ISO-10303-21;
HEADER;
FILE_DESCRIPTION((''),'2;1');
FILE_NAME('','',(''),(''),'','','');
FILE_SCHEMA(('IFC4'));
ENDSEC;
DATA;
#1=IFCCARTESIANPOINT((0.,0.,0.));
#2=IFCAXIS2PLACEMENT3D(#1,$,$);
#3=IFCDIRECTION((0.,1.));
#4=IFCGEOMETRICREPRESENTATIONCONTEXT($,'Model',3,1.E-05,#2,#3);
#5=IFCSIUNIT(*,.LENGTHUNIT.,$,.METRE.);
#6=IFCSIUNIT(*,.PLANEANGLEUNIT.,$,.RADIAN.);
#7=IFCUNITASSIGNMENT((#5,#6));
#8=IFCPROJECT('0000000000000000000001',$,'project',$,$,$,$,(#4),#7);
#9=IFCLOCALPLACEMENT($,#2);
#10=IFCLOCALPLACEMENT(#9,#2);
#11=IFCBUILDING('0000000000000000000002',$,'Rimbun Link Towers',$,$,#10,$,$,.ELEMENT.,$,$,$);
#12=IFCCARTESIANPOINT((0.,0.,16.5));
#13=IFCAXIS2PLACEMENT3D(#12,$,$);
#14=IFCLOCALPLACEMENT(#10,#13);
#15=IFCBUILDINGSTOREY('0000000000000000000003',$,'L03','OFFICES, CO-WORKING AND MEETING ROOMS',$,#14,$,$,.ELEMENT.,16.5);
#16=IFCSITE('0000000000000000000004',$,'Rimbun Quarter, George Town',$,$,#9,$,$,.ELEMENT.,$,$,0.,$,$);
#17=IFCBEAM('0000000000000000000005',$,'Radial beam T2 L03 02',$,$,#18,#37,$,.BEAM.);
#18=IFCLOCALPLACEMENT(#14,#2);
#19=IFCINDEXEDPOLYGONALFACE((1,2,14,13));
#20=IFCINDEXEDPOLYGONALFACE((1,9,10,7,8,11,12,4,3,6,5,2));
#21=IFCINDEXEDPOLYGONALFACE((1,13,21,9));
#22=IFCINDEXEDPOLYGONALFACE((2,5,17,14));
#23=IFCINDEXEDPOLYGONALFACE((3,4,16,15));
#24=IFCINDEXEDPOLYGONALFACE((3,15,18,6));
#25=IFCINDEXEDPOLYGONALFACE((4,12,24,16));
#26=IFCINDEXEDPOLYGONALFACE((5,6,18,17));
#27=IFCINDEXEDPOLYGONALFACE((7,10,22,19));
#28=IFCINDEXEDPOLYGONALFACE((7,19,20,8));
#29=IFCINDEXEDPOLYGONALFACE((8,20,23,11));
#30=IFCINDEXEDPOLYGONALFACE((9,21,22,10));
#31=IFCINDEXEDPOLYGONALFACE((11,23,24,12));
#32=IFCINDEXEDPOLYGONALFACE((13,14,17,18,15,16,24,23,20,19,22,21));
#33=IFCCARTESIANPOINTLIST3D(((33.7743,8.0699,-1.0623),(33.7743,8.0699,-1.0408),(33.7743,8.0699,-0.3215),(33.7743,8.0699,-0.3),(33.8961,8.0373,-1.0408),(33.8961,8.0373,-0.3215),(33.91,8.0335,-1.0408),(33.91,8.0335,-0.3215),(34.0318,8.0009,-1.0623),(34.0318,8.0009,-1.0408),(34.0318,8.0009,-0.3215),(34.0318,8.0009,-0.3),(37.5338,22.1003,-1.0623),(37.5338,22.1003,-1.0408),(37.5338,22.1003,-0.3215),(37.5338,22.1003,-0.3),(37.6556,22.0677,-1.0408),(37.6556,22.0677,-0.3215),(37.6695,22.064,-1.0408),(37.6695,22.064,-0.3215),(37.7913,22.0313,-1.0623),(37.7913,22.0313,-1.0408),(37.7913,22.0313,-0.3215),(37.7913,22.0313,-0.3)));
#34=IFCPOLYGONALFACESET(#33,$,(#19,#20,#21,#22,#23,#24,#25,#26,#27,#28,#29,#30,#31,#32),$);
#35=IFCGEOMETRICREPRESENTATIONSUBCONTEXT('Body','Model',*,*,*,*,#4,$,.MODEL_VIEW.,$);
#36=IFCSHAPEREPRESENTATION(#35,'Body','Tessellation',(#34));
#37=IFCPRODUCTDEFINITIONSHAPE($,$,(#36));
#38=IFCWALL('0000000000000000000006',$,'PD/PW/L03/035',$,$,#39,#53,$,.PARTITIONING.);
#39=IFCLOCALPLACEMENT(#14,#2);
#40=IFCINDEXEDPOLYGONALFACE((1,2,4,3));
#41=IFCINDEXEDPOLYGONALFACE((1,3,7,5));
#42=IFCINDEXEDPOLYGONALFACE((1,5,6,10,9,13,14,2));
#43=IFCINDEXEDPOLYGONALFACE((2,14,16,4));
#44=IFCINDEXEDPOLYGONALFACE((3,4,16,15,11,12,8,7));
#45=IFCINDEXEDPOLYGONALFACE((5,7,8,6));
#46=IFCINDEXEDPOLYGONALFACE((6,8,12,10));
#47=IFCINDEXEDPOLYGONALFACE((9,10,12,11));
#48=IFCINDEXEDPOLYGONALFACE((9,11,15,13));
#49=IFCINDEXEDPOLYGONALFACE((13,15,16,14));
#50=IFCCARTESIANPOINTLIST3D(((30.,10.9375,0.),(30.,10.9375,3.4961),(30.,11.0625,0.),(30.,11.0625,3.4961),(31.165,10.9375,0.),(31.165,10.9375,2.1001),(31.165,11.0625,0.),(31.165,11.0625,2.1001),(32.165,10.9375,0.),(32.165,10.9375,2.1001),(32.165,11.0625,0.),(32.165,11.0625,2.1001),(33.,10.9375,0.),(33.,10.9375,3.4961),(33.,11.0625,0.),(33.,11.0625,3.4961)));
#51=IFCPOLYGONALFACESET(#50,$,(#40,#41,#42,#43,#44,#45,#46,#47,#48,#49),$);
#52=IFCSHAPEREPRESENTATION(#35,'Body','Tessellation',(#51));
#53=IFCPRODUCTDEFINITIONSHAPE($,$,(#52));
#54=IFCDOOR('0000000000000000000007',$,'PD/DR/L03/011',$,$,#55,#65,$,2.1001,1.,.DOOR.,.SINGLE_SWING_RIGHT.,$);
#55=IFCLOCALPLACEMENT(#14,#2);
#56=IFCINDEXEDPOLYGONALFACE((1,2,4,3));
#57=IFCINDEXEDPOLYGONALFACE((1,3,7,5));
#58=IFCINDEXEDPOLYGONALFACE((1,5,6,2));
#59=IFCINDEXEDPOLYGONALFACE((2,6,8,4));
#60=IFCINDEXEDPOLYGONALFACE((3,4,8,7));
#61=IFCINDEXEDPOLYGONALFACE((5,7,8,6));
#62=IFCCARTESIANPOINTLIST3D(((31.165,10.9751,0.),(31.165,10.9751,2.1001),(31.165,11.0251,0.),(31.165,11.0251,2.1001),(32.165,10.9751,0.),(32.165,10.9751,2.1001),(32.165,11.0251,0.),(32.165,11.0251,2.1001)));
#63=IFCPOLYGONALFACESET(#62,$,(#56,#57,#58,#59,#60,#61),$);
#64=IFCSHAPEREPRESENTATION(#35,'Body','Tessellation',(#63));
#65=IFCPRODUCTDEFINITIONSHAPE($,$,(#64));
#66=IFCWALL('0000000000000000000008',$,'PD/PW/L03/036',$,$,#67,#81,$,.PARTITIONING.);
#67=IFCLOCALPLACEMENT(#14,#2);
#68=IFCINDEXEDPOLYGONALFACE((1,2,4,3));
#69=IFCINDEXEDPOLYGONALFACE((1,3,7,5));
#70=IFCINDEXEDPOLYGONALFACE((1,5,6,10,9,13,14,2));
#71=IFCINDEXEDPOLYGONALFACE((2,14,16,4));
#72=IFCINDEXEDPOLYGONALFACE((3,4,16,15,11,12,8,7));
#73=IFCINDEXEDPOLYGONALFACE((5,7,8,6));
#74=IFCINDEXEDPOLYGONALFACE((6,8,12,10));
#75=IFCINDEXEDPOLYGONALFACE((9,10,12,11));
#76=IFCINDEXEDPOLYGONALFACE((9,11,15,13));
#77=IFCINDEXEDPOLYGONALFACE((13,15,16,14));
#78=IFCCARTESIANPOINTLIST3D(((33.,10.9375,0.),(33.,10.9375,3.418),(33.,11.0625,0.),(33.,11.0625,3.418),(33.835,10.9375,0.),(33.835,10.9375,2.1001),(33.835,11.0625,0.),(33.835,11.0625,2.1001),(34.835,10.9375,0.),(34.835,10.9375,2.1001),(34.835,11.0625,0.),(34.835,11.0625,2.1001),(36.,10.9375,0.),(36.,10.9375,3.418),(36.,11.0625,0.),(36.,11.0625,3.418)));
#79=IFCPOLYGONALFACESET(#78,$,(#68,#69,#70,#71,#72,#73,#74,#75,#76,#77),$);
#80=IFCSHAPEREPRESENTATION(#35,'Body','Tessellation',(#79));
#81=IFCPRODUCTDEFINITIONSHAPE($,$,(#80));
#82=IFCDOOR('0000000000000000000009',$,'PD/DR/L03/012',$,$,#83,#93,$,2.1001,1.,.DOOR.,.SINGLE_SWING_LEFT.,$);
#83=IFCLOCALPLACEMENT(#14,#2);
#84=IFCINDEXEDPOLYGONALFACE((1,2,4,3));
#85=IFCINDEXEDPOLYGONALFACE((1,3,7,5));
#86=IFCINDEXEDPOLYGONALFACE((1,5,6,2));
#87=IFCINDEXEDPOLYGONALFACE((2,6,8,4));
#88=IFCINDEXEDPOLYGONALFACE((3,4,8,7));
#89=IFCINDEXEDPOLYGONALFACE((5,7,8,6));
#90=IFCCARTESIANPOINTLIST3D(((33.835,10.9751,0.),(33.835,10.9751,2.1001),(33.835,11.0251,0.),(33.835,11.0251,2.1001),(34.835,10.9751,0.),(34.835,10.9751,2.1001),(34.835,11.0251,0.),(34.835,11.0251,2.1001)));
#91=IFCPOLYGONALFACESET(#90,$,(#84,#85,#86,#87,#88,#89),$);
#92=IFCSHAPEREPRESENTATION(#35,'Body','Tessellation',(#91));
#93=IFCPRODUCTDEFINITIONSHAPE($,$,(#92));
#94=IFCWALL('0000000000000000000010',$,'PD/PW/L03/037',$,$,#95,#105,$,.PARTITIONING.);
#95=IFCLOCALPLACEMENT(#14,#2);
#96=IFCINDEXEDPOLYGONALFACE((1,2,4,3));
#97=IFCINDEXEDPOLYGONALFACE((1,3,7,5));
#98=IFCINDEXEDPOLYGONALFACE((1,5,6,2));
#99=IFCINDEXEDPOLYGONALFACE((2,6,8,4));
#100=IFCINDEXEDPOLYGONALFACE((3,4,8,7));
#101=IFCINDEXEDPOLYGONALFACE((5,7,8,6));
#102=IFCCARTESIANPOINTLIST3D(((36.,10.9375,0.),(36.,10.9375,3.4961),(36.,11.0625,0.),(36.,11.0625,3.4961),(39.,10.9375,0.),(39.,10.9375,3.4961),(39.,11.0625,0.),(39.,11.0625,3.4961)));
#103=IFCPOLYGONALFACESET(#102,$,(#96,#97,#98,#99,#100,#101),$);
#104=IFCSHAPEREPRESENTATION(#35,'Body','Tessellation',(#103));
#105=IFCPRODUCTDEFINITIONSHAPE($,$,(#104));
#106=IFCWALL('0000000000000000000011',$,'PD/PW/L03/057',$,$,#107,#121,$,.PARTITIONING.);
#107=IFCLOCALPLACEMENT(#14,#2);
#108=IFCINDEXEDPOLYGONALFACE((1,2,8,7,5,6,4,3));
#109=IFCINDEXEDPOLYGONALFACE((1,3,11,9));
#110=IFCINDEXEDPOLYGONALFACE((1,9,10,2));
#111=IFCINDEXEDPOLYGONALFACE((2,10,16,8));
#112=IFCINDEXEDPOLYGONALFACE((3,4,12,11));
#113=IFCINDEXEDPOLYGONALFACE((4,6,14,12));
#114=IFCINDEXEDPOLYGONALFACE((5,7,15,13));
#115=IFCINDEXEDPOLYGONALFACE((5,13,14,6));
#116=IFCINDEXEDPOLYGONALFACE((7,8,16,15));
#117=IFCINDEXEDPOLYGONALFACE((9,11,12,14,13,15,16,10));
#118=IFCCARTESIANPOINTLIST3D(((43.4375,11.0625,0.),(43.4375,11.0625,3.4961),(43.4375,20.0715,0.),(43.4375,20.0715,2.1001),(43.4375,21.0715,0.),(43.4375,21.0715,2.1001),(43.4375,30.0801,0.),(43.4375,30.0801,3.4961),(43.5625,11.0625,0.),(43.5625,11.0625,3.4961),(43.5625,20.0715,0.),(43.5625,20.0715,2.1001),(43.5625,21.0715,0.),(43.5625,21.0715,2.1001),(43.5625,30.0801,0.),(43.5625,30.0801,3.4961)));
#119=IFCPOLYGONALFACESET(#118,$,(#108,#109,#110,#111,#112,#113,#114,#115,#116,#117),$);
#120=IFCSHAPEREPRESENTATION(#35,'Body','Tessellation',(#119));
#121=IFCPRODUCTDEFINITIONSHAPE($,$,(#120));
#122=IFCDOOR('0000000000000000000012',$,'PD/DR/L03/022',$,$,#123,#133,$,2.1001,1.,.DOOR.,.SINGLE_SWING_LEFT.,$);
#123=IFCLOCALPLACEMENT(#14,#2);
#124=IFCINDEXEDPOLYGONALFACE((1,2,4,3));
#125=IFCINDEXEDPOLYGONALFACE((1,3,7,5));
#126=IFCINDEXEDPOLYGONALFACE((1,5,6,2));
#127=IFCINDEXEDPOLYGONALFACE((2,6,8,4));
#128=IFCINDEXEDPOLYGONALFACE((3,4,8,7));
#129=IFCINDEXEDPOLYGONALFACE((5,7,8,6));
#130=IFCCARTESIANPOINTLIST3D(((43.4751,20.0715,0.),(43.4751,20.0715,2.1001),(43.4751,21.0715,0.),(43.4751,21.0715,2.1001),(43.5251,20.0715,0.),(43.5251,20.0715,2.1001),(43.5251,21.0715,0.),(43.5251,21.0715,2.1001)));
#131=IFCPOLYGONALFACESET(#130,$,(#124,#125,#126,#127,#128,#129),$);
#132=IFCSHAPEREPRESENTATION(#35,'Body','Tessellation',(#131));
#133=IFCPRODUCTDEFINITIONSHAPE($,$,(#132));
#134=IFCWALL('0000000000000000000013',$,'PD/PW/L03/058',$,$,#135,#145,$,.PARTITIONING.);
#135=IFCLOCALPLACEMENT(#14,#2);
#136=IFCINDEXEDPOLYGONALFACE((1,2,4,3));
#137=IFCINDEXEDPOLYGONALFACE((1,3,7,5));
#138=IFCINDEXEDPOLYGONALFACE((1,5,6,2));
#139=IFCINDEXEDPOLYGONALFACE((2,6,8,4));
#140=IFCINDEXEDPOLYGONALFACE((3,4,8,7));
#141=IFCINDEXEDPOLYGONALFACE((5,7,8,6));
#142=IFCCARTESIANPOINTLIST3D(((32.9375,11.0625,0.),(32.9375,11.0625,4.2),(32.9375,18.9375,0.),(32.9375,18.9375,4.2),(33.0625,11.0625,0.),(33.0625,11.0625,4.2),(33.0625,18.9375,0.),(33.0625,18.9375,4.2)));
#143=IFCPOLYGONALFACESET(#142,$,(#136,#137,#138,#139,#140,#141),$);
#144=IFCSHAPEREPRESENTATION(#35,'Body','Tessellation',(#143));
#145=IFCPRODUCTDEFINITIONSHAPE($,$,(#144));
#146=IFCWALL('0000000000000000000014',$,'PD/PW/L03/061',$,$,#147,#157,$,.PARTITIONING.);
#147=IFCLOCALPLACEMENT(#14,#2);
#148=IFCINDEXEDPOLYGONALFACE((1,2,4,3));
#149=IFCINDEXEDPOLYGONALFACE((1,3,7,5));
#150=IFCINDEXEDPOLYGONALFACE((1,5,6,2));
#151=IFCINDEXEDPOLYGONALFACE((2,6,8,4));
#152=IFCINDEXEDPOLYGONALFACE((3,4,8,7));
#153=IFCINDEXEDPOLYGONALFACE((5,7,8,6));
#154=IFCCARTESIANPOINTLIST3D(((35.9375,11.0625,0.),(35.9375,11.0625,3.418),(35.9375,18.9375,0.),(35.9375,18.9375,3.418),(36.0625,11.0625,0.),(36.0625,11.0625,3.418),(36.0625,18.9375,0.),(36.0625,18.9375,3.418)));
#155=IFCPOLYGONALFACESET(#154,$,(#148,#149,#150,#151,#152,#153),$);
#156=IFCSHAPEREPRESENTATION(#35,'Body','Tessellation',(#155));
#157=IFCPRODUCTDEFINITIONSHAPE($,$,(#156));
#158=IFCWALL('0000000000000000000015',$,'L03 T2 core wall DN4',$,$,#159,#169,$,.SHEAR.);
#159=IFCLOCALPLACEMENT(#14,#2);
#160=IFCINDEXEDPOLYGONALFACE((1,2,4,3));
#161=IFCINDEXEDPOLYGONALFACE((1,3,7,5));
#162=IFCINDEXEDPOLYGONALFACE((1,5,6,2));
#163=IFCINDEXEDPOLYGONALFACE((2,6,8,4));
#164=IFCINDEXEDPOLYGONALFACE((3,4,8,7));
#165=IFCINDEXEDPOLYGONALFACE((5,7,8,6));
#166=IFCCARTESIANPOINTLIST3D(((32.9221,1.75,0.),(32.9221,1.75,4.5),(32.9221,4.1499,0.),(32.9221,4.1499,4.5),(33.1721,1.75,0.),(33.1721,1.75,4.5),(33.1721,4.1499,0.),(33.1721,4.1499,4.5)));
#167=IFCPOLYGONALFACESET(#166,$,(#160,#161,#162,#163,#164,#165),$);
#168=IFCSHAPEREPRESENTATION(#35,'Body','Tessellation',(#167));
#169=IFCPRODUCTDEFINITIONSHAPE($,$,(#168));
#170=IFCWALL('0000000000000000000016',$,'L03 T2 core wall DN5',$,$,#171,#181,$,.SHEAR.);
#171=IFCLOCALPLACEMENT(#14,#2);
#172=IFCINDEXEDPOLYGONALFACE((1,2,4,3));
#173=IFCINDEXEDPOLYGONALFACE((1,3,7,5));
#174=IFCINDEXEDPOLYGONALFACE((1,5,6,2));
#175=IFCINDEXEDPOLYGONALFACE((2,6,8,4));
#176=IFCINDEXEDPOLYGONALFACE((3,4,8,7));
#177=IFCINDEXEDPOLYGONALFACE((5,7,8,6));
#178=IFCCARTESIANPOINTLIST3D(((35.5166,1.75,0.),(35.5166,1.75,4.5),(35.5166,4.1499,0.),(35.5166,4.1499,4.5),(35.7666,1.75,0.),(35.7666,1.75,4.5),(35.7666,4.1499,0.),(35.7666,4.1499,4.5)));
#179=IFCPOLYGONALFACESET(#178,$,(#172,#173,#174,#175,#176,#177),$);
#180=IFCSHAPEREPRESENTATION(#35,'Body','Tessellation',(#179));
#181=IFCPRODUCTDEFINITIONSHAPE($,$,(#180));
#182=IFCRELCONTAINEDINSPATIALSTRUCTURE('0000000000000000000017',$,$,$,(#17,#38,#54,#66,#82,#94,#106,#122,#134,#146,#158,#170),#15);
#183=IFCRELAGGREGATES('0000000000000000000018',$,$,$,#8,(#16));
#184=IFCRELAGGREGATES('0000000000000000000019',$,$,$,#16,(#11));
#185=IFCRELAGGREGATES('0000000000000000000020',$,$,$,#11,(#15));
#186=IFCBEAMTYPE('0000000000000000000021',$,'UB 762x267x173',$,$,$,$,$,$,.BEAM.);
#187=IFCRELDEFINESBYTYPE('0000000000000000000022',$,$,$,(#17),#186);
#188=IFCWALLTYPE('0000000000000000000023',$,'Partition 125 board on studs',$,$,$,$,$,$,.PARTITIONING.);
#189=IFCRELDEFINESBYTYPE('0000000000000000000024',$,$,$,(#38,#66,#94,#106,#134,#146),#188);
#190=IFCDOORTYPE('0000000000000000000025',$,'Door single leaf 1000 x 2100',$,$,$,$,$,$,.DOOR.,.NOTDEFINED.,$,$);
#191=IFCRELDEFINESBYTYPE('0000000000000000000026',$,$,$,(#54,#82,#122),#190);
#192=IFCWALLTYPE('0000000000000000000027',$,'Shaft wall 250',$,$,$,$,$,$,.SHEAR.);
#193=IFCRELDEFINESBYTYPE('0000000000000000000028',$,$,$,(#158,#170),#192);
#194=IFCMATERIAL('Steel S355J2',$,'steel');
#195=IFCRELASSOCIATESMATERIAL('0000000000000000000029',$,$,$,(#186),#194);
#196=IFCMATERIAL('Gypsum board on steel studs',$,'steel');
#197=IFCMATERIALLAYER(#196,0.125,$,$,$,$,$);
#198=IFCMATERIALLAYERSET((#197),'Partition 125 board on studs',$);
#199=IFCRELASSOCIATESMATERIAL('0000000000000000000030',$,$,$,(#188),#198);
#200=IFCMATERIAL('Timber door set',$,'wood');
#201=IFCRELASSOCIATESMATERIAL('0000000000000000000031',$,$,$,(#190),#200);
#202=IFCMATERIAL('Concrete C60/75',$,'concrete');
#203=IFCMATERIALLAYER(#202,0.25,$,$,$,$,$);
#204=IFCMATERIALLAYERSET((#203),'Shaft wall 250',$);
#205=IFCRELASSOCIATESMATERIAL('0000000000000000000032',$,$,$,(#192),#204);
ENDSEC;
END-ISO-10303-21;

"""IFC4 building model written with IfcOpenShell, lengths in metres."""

from ifc_helpers import new_model, si_unit, direction, frame, frame_2d, origin, origin_2d, place, context, subcontext, project, spatial, rectangle, i_section, extrude, material, layer, layer_set, material_profile, profile_set, type_object, element, fill, save


model = new_model("IFC4")

# Units and contexts
model_context = context("Model", 3, precision=1e-05, world=origin(), true_north=direction((0.0, 1.0)))
body_context = subcontext(model_context, "Body", "Model", "MODEL_VIEW")
ifc_project = project(units=[si_unit("LENGTHUNIT", "METRE"), si_unit("PLANEANGLEUNIT", "RADIAN")], contexts=[model_context])

# Site, building, storey
site_placement = place(None, origin())
site = spatial("IfcSite", under=ifc_project, at=site_placement, Name="Rimbun Quarter, George Town", CompositionType="ELEMENT", RefElevation=0.0)
building_placement = place(site_placement, origin())
building = spatial("IfcBuilding", under=site, at=building_placement, Name="Rimbun Link Towers", CompositionType="ELEMENT")
storey_placement = place(building_placement, frame((0.0, 0.0, 16.5)))
storey = spatial("IfcBuildingStorey", under=building, at=storey_placement, Name="L03", Description="OFFICES, CO-WORKING AND MEETING ROOMS", CompositionType="ELEMENT", Elevation=16.5)

# Beam
ifc_material_1 = material(Name="Steel S355J2", Category="steel")
ifc_material_profile_1 = material_profile(ifc_material_1, i_section(OverallWidth=0.2666, OverallDepth=0.7622, WebThickness=0.0144, FlangeThickness=0.0215, at=origin_2d()), Name="UB 762x267x173")
ifc_profile_set_1 = profile_set([ifc_material_profile_1], Name="Steel S355J2")
beam_type_1 = type_object("IfcBeamType", Name="UB 762x267x173", PredefinedType="BEAM", material=ifc_profile_set_1)
beam_1_placement = place(storey_placement, frame((33.9031, 8.0354, -0.6812), z_axis=(0.258823, 0.965925, 0.0), x_axis=(-0.965925, 0.258823, 0.0)))
element("IfcBeam", 1, at=beam_1_placement, inside=storey, type_object=beam_type_1, Name="Radial beam T2 L03 02", PredefinedType="BEAM", context=body_context, shape_type="SweptSolid", body=[
    extrude(i_section(OverallWidth=0.2666, OverallDepth=0.7622, WebThickness=0.0144, FlangeThickness=0.0215, at=origin_2d()), origin(), (0.0, 0.0, 1.0), 14.5254),
])

# Walls, openings, doors
ifc_material_2 = material(Name="Gypsum board on steel studs", Category="steel")
ifc_layer_1 = layer(ifc_material_2, 0.125)
ifc_layer_set_1 = layer_set([ifc_layer_1], Name="Partition 125 board on studs")
wall_type_1 = type_object("IfcWallType", Name="Partition 125 board on studs", PredefinedType="PARTITIONING", material=ifc_layer_set_1)
wall_1_placement = place(storey_placement, frame((33.0, 11.0, 0.0), z_axis=(0.0, 0.0, 1.0), x_axis=(-1.0, 0.0, 0.0)))
wall_1 = element("IfcWall", 2, at=wall_1_placement, inside=storey, type_object=wall_type_1, Name="PD/PW/L03/035", PredefinedType="PARTITIONING", context=body_context, shape_type="SweptSolid", body=[
    extrude(rectangle(XDim=3.0, YDim=0.125, at=frame_2d((1.5, 0.0))), origin(), (0.0, 0.0, 1.0), 3.4961),
])
opening_1_placement = place(wall_1_placement, frame((0.835, 0.0, 0.0)))
opening_1 = element("IfcOpeningElement", 3, at=opening_1_placement, cuts=wall_1, PredefinedType="OPENING", context=body_context, shape_type="SweptSolid", body=[
    extrude(rectangle(XDim=1.0, YDim=2.1001, at=frame_2d((0.5, 1.05))), frame((0.0, 0.0725, 0.0), z_axis=(0.0, -1.0, 0.0), x_axis=(1.0, 0.0, 0.0)), (0.0, 0.0, 1.0), 0.145),
])
ifc_material_3 = material(Name="Timber door set", Category="wood")
door_type_1 = type_object("IfcDoorType", Name="Door single leaf 1000 x 2100", OperationType="NOTDEFINED", PredefinedType="DOOR", material=ifc_material_3)
door_1_placement = place(opening_1_placement, origin())
door_1 = element("IfcDoor", 4, at=door_1_placement, inside=storey, type_object=door_type_1, Name="PD/DR/L03/011", OperationType="SINGLE_SWING_RIGHT", OverallHeight=2.1001, OverallWidth=1.0, PredefinedType="DOOR", context=body_context, shape_type="SweptSolid", body=[
    extrude(rectangle(XDim=1.0, YDim=2.1001, at=frame_2d((0.5, 1.05))), frame((0.0, 0.0249, 0.0), z_axis=(0.0, -1.0, 0.0), x_axis=(1.0, 0.0, 0.0)), (0.0, 0.0, 1.0), 0.05),
])
fill(opening_1, door_1)
wall_2_placement = place(storey_placement, frame((36.0, 11.0, 0.0), z_axis=(0.0, 0.0, 1.0), x_axis=(-1.0, 0.0, 0.0)))
wall_2 = element("IfcWall", 5, at=wall_2_placement, inside=storey, type_object=wall_type_1, Name="PD/PW/L03/036", PredefinedType="PARTITIONING", context=body_context, shape_type="SweptSolid", body=[
    extrude(rectangle(XDim=3.0, YDim=0.125, at=frame_2d((1.5, 0.0))), origin(), (0.0, 0.0, 1.0), 3.418),
])
opening_2_placement = place(wall_2_placement, frame((1.165, 0.0, 0.0)))
opening_2 = element("IfcOpeningElement", 6, at=opening_2_placement, cuts=wall_2, PredefinedType="OPENING", context=body_context, shape_type="SweptSolid", body=[
    extrude(rectangle(XDim=1.0, YDim=2.1001, at=frame_2d((0.5, 1.05))), frame((0.0, 0.0725, 0.0), z_axis=(0.0, -1.0, 0.0), x_axis=(1.0, 0.0, 0.0)), (0.0, 0.0, 1.0), 0.145),
])
door_2_placement = place(opening_2_placement, origin())
door_2 = element("IfcDoor", 7, at=door_2_placement, inside=storey, type_object=door_type_1, Name="PD/DR/L03/012", OperationType="SINGLE_SWING_LEFT", OverallHeight=2.1001, OverallWidth=1.0, PredefinedType="DOOR", context=body_context, shape_type="SweptSolid", body=[
    extrude(rectangle(XDim=1.0, YDim=2.1001, at=frame_2d((0.5, 1.05))), frame((0.0, 0.0249, 0.0), z_axis=(0.0, -1.0, 0.0), x_axis=(1.0, 0.0, 0.0)), (0.0, 0.0, 1.0), 0.05),
])
fill(opening_2, door_2)

# Wall
wall_3_placement = place(storey_placement, frame((39.0, 11.0, 0.0), z_axis=(0.0, 0.0, 1.0), x_axis=(-1.0, 0.0, 0.0)))
element("IfcWall", 8, at=wall_3_placement, inside=storey, type_object=wall_type_1, Name="PD/PW/L03/037", PredefinedType="PARTITIONING", context=body_context, shape_type="SweptSolid", body=[
    extrude(rectangle(XDim=3.0, YDim=0.125, at=frame_2d((1.5, 0.0))), origin(), (0.0, 0.0, 1.0), 3.4961),
])

# Wall, opening, door
wall_4_placement = place(storey_placement, frame((43.5, 11.0625, 0.0), z_axis=(0.0, 0.0, 1.0), x_axis=(0.0, 1.0, 0.0)))
wall_4 = element("IfcWall", 9, at=wall_4_placement, inside=storey, type_object=wall_type_1, Name="PD/PW/L03/057", PredefinedType="PARTITIONING", context=body_context, shape_type="SweptSolid", body=[
    extrude(rectangle(XDim=19.0176, YDim=0.125, at=frame_2d((9.5088, 0.0))), origin(), (0.0, 0.0, 1.0), 3.4961),
])
opening_3_placement = place(wall_4_placement, frame((9.009, 0.0, 0.0)))
opening_3 = element("IfcOpeningElement", 10, at=opening_3_placement, cuts=wall_4, PredefinedType="OPENING", context=body_context, shape_type="SweptSolid", body=[
    extrude(rectangle(XDim=1.0, YDim=2.1001, at=frame_2d((0.5, 1.05))), frame((0.0, 0.0725, 0.0), z_axis=(0.0, -1.0, 0.0), x_axis=(1.0, 0.0, 0.0)), (0.0, 0.0, 1.0), 0.145),
])
door_3_placement = place(opening_3_placement, origin())
door_3 = element("IfcDoor", 11, at=door_3_placement, inside=storey, type_object=door_type_1, Name="PD/DR/L03/022", OperationType="SINGLE_SWING_LEFT", OverallHeight=2.1001, OverallWidth=1.0, PredefinedType="DOOR", context=body_context, shape_type="SweptSolid", body=[
    extrude(rectangle(XDim=1.0, YDim=2.1001, at=frame_2d((0.5, 1.05))), frame((0.0, 0.0249, 0.0), z_axis=(0.0, -1.0, 0.0), x_axis=(1.0, 0.0, 0.0)), (0.0, 0.0, 1.0), 0.05),
])
fill(opening_3, door_3)

# Walls
wall_5_placement = place(storey_placement, frame((33.0, 11.0625, 0.0), z_axis=(0.0, 0.0, 1.0), x_axis=(0.0, 1.0, 0.0)))
element("IfcWall", 12, at=wall_5_placement, inside=storey, type_object=wall_type_1, Name="PD/PW/L03/058", PredefinedType="PARTITIONING", context=body_context, shape_type="SweptSolid", body=[
    extrude(rectangle(XDim=7.875, YDim=0.125, at=frame_2d((3.9375, 0.0))), origin(), (0.0, 0.0, 1.0), 4.2),
])
wall_6_placement = place(storey_placement, frame((36.0, 11.0625, 0.0), z_axis=(0.0, 0.0, 1.0), x_axis=(0.0, 1.0, 0.0)))
element("IfcWall", 13, at=wall_6_placement, inside=storey, type_object=wall_type_1, Name="PD/PW/L03/061", PredefinedType="PARTITIONING", context=body_context, shape_type="SweptSolid", body=[
    extrude(rectangle(XDim=7.875, YDim=0.125, at=frame_2d((3.9375, 0.0))), origin(), (0.0, 0.0, 1.0), 3.418),
])
ifc_material_4 = material(Name="Concrete C60/75", Category="concrete")
ifc_layer_2 = layer(ifc_material_4, 0.25)
ifc_layer_set_2 = layer_set([ifc_layer_2], Name="Shaft wall 250")
wall_type_2 = type_object("IfcWallType", Name="Shaft wall 250", PredefinedType="SHEAR", material=ifc_layer_set_2)
for number, where, z_axis, x_axis, name in (
    (14, (33.0471, 1.75, 0.0), (0.0, 0.0, 1.0), (0.0, 1.0, 0.0), "L03 T2 core wall DN4"),
    (15, (35.6416, 1.75, 0.0), (0.0, 0.0, 1.0), (0.0, 1.0, 0.0), "L03 T2 core wall DN5"),
):
    element("IfcWall", number, at=place(storey_placement, frame(where, z_axis=z_axis, x_axis=x_axis)), inside=storey, type_object=wall_type_2, Name=name, PredefinedType="SHEAR", context=body_context, shape_type="SweptSolid", body=[
        extrude(rectangle(XDim=2.3999, YDim=0.25, at=frame_2d((1.2, 0.0))), origin(), (0.0, 0.0, 1.0), 4.5),
    ])

save(model, "model.ifc")
